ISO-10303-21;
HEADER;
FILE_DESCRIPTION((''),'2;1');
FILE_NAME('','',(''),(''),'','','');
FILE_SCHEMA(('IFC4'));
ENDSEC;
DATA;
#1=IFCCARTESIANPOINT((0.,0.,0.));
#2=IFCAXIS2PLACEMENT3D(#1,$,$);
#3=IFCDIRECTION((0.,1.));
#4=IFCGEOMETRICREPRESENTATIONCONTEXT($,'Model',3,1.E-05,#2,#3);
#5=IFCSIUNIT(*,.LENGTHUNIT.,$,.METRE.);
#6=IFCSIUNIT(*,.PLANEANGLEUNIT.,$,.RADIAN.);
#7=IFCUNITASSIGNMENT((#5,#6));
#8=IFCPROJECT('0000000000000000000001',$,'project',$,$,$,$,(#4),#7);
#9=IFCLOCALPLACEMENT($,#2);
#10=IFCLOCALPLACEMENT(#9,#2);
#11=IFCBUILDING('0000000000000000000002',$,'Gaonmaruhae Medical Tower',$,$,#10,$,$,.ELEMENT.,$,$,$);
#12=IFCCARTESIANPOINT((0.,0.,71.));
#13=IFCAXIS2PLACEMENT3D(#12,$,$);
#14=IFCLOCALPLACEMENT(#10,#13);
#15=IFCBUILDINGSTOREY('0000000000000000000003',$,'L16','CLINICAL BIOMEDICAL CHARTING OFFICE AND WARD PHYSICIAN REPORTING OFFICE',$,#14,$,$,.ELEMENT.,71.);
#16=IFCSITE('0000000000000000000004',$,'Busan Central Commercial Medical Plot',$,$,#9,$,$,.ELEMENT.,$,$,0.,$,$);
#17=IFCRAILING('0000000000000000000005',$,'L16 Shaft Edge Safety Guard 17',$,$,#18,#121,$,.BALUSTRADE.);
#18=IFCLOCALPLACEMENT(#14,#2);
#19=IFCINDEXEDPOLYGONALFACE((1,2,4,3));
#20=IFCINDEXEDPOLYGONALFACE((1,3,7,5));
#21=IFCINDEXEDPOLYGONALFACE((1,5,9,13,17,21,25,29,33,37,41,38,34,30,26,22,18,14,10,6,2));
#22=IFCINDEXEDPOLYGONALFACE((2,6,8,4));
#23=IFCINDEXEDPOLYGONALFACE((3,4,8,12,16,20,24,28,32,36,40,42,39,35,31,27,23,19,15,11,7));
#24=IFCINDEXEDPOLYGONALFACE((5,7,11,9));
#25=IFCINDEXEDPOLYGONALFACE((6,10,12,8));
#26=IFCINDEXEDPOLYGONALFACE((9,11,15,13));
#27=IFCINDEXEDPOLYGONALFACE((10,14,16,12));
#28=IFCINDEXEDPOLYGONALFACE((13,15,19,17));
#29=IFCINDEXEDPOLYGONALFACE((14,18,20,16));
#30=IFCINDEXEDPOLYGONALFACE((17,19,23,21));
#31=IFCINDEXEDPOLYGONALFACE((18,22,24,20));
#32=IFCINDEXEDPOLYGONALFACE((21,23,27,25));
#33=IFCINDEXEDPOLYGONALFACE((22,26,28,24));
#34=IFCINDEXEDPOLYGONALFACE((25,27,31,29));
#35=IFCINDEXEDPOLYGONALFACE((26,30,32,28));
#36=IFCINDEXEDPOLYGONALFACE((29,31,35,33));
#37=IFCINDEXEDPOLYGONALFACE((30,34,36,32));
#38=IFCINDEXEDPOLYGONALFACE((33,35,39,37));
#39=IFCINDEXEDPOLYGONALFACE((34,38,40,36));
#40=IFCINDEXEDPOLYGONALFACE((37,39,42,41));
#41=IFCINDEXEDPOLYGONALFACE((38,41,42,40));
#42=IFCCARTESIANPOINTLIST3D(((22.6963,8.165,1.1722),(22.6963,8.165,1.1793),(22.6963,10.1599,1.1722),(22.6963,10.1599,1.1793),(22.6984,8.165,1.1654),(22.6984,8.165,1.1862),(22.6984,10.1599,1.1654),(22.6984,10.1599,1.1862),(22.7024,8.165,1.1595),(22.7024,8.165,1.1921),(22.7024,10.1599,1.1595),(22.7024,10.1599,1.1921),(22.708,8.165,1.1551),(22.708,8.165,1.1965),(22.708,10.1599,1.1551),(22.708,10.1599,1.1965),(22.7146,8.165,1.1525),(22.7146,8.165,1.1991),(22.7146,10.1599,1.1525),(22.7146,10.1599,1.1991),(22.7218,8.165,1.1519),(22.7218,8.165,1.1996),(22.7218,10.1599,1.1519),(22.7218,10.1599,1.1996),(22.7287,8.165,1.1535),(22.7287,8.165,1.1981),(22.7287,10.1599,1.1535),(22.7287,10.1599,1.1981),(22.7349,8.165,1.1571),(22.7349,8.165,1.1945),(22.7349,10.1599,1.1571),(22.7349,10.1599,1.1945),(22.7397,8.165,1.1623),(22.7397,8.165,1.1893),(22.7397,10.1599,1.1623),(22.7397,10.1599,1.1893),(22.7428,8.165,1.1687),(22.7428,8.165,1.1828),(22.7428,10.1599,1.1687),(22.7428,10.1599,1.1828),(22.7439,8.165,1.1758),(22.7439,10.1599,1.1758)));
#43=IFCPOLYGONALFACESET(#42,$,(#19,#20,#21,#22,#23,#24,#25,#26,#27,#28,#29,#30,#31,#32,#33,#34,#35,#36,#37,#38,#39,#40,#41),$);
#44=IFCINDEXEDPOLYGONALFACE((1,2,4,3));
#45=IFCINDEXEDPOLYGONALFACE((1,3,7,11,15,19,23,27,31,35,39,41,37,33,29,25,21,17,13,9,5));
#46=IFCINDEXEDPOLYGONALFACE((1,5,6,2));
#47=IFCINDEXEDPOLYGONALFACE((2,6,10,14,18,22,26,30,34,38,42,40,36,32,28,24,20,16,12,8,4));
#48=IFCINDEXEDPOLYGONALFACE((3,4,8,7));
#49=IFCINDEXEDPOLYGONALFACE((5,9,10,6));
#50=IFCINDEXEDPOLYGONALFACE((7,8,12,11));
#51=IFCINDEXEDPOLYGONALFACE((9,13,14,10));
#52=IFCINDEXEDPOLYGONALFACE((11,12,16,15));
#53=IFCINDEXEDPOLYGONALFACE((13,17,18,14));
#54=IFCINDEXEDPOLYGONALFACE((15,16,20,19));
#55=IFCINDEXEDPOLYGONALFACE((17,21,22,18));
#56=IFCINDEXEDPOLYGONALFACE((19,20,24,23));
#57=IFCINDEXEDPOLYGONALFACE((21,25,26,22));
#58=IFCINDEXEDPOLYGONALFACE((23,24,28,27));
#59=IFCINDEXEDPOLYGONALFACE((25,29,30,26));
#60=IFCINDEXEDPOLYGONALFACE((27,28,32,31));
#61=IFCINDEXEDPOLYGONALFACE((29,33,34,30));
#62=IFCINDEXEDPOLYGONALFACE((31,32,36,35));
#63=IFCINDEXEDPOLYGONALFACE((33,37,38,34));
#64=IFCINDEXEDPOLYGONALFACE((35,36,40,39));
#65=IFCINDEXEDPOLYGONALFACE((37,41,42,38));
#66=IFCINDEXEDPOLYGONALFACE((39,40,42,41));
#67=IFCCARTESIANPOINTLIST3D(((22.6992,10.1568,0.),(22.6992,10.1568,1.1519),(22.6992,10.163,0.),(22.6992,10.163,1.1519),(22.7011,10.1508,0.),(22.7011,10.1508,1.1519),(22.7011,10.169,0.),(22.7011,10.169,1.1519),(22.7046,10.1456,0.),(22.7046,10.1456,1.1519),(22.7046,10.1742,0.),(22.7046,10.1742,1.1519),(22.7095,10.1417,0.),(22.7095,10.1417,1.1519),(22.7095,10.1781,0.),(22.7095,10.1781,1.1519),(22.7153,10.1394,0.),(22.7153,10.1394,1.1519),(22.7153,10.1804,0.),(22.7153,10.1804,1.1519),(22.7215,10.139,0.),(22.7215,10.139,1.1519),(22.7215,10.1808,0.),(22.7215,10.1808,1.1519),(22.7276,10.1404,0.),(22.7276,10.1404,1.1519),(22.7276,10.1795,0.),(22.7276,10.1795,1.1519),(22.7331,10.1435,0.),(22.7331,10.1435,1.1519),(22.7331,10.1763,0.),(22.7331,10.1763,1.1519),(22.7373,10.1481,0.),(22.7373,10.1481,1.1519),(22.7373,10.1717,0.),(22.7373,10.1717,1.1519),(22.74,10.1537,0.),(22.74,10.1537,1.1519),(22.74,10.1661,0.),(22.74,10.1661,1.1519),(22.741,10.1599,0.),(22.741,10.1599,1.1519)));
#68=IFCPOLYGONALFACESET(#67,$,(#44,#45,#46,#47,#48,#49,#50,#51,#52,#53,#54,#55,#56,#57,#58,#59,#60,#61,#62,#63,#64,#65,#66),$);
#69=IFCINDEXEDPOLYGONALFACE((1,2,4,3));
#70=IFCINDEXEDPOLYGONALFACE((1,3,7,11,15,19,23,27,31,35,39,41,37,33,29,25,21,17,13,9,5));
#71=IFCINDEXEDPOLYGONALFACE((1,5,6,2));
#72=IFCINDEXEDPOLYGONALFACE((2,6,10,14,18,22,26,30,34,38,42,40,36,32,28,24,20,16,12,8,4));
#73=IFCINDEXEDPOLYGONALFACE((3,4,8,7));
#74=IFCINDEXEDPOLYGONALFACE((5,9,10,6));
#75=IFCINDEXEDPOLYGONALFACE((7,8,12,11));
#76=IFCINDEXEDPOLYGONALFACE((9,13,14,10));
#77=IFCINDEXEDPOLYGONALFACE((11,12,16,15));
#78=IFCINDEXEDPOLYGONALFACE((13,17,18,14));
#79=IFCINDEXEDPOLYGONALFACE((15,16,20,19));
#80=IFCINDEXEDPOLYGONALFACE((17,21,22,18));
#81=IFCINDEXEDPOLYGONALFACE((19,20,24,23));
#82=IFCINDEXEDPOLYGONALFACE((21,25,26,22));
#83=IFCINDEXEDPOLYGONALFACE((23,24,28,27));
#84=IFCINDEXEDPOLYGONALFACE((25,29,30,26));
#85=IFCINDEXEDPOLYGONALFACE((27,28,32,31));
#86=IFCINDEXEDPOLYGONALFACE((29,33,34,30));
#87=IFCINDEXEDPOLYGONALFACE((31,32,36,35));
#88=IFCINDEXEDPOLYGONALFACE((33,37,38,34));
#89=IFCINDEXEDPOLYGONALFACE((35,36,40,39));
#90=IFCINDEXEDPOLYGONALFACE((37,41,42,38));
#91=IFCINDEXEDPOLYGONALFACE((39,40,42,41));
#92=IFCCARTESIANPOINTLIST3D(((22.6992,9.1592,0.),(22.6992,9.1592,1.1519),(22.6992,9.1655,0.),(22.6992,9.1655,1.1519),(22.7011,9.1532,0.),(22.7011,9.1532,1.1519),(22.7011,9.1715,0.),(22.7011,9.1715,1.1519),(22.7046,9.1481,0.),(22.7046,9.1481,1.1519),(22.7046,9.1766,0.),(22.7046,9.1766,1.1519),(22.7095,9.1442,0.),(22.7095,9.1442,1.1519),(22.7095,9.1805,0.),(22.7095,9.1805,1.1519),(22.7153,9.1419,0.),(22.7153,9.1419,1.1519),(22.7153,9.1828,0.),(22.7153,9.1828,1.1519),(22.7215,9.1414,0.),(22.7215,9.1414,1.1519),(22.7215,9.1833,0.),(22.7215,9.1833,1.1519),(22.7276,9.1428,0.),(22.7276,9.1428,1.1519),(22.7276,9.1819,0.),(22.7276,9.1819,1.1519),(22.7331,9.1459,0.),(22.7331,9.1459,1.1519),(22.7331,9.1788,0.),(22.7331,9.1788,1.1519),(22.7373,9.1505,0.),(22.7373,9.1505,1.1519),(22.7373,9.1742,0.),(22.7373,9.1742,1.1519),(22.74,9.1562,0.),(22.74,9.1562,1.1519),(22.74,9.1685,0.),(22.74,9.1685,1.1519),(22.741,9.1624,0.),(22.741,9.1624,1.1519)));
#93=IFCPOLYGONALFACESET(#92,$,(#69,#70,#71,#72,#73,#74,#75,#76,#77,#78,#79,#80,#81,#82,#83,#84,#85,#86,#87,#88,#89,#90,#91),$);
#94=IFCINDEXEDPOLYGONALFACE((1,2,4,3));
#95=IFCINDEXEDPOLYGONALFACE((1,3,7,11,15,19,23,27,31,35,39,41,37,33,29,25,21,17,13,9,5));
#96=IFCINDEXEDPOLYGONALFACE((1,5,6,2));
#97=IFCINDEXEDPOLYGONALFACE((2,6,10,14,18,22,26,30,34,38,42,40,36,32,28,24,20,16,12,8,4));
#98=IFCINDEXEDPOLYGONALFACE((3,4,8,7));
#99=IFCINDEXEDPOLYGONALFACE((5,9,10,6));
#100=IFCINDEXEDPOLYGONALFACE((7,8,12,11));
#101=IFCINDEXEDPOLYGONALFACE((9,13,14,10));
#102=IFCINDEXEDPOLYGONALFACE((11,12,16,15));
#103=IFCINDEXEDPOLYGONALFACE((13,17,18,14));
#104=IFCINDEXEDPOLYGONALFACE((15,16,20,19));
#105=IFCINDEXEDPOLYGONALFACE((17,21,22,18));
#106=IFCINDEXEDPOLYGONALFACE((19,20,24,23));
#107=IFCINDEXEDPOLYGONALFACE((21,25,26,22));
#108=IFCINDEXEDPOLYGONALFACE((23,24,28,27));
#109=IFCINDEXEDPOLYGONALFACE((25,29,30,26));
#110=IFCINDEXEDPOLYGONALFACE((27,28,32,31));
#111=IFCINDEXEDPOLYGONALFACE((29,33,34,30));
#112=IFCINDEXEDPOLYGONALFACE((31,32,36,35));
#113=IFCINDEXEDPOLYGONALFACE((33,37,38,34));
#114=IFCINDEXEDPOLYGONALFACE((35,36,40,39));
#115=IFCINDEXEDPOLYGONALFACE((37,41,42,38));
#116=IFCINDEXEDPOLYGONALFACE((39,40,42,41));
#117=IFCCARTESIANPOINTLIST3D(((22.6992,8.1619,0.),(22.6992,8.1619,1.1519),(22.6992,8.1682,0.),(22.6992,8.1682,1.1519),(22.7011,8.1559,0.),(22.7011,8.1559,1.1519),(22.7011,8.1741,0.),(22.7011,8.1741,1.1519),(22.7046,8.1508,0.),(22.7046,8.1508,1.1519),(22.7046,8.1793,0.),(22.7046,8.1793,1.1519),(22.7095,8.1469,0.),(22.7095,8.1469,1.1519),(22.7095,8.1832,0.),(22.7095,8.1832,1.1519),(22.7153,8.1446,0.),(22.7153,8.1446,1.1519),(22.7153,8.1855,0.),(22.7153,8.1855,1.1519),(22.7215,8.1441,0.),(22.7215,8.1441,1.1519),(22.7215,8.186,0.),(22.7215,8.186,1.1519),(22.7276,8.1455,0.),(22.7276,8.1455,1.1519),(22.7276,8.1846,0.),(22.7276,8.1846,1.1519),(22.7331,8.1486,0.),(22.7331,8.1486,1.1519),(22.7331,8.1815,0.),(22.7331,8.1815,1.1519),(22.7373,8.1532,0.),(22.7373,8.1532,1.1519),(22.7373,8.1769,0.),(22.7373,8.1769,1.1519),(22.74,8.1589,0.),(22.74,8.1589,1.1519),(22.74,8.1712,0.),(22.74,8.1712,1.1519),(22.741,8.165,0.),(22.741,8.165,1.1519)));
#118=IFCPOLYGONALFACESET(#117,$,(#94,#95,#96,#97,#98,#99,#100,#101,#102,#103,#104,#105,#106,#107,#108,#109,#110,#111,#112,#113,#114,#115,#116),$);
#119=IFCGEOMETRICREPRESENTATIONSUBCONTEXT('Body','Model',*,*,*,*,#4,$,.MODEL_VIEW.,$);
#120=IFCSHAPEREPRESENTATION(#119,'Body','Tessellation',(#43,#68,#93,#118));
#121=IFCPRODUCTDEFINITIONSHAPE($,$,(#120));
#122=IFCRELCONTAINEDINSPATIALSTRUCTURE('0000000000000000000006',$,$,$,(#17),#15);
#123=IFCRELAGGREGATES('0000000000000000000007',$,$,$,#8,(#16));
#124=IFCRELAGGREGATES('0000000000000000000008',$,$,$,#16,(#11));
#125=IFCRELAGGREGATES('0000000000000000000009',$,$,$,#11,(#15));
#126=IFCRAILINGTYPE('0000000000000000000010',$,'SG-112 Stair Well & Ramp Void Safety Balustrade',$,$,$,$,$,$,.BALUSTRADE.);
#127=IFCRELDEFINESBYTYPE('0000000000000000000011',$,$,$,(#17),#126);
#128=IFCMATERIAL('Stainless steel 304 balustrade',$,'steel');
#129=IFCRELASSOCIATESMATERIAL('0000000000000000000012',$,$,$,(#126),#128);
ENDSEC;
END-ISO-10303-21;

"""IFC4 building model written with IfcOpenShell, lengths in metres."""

from ifc_helpers import new_model, si_unit, direction, frame, origin, origin_2d, place, context, subcontext, project, spatial, circle, extrude, material, type_object, element, save


model = new_model("IFC4")

# Units and contexts
model_context = context("Model", 3, precision=1e-05, world=origin(), true_north=direction((0.0, 1.0)))
body_context = subcontext(model_context, "Body", "Model", "MODEL_VIEW")
ifc_project = project(units=[si_unit("LENGTHUNIT", "METRE"), si_unit("PLANEANGLEUNIT", "RADIAN")], contexts=[model_context])

# Site, building, storey
site_placement = place(None, origin())
site = spatial("IfcSite", under=ifc_project, at=site_placement, Name="Busan Central Commercial Medical Plot", CompositionType="ELEMENT", RefElevation=0.0)
building_placement = place(site_placement, origin())
building = spatial("IfcBuilding", under=site, at=building_placement, Name="Gaonmaruhae Medical Tower", CompositionType="ELEMENT")
storey_placement = place(building_placement, frame((0.0, 0.0, 71.0)))
storey = spatial("IfcBuildingStorey", under=building, at=storey_placement, Name="L16", Description="CLINICAL BIOMEDICAL CHARTING OFFICE AND WARD PHYSICIAN REPORTING OFFICE", CompositionType="ELEMENT", Elevation=71.0)

# Railing
ifc_material_1 = material(Name="Stainless steel 304 balustrade", Category="steel")
railing_type_1 = type_object("IfcRailingType", Name="SG-112 Stair Well & Ramp Void Safety Balustrade", PredefinedType="BALUSTRADE", material=ifc_material_1)
railing_1_placement = place(storey_placement, frame((22.72, 10.1599, 0.0)))
element("IfcRailing", 1, at=railing_1_placement, inside=storey, type_object=railing_type_1, Name="L16 Shaft Edge Safety Guard 17", PredefinedType="BALUSTRADE", context=body_context, shape_type="SweptSolid", body=[
    extrude(circle(Radius=0.0239, at=origin_2d()), frame((0.0, 0.0, 1.1758), z_axis=(0.0, -1.0, 0.0), x_axis=(1.0, 0.0, 0.0)), (0.0, 0.0, 1.0), 1.9949),
    extrude(circle(Radius=0.021, at=origin_2d()), origin(), (0.0, 0.0, 1.0), 1.1519),
    extrude(circle(Radius=0.021, at=origin_2d()), frame((0.0, -0.9976, 0.0)), (0.0, 0.0, 1.0), 1.1519),
    extrude(circle(Radius=0.021, at=origin_2d()), frame((0.0, -1.9949, 0.0)), (0.0, 0.0, 1.0), 1.1519),
])

save(model, "model.ifc")
